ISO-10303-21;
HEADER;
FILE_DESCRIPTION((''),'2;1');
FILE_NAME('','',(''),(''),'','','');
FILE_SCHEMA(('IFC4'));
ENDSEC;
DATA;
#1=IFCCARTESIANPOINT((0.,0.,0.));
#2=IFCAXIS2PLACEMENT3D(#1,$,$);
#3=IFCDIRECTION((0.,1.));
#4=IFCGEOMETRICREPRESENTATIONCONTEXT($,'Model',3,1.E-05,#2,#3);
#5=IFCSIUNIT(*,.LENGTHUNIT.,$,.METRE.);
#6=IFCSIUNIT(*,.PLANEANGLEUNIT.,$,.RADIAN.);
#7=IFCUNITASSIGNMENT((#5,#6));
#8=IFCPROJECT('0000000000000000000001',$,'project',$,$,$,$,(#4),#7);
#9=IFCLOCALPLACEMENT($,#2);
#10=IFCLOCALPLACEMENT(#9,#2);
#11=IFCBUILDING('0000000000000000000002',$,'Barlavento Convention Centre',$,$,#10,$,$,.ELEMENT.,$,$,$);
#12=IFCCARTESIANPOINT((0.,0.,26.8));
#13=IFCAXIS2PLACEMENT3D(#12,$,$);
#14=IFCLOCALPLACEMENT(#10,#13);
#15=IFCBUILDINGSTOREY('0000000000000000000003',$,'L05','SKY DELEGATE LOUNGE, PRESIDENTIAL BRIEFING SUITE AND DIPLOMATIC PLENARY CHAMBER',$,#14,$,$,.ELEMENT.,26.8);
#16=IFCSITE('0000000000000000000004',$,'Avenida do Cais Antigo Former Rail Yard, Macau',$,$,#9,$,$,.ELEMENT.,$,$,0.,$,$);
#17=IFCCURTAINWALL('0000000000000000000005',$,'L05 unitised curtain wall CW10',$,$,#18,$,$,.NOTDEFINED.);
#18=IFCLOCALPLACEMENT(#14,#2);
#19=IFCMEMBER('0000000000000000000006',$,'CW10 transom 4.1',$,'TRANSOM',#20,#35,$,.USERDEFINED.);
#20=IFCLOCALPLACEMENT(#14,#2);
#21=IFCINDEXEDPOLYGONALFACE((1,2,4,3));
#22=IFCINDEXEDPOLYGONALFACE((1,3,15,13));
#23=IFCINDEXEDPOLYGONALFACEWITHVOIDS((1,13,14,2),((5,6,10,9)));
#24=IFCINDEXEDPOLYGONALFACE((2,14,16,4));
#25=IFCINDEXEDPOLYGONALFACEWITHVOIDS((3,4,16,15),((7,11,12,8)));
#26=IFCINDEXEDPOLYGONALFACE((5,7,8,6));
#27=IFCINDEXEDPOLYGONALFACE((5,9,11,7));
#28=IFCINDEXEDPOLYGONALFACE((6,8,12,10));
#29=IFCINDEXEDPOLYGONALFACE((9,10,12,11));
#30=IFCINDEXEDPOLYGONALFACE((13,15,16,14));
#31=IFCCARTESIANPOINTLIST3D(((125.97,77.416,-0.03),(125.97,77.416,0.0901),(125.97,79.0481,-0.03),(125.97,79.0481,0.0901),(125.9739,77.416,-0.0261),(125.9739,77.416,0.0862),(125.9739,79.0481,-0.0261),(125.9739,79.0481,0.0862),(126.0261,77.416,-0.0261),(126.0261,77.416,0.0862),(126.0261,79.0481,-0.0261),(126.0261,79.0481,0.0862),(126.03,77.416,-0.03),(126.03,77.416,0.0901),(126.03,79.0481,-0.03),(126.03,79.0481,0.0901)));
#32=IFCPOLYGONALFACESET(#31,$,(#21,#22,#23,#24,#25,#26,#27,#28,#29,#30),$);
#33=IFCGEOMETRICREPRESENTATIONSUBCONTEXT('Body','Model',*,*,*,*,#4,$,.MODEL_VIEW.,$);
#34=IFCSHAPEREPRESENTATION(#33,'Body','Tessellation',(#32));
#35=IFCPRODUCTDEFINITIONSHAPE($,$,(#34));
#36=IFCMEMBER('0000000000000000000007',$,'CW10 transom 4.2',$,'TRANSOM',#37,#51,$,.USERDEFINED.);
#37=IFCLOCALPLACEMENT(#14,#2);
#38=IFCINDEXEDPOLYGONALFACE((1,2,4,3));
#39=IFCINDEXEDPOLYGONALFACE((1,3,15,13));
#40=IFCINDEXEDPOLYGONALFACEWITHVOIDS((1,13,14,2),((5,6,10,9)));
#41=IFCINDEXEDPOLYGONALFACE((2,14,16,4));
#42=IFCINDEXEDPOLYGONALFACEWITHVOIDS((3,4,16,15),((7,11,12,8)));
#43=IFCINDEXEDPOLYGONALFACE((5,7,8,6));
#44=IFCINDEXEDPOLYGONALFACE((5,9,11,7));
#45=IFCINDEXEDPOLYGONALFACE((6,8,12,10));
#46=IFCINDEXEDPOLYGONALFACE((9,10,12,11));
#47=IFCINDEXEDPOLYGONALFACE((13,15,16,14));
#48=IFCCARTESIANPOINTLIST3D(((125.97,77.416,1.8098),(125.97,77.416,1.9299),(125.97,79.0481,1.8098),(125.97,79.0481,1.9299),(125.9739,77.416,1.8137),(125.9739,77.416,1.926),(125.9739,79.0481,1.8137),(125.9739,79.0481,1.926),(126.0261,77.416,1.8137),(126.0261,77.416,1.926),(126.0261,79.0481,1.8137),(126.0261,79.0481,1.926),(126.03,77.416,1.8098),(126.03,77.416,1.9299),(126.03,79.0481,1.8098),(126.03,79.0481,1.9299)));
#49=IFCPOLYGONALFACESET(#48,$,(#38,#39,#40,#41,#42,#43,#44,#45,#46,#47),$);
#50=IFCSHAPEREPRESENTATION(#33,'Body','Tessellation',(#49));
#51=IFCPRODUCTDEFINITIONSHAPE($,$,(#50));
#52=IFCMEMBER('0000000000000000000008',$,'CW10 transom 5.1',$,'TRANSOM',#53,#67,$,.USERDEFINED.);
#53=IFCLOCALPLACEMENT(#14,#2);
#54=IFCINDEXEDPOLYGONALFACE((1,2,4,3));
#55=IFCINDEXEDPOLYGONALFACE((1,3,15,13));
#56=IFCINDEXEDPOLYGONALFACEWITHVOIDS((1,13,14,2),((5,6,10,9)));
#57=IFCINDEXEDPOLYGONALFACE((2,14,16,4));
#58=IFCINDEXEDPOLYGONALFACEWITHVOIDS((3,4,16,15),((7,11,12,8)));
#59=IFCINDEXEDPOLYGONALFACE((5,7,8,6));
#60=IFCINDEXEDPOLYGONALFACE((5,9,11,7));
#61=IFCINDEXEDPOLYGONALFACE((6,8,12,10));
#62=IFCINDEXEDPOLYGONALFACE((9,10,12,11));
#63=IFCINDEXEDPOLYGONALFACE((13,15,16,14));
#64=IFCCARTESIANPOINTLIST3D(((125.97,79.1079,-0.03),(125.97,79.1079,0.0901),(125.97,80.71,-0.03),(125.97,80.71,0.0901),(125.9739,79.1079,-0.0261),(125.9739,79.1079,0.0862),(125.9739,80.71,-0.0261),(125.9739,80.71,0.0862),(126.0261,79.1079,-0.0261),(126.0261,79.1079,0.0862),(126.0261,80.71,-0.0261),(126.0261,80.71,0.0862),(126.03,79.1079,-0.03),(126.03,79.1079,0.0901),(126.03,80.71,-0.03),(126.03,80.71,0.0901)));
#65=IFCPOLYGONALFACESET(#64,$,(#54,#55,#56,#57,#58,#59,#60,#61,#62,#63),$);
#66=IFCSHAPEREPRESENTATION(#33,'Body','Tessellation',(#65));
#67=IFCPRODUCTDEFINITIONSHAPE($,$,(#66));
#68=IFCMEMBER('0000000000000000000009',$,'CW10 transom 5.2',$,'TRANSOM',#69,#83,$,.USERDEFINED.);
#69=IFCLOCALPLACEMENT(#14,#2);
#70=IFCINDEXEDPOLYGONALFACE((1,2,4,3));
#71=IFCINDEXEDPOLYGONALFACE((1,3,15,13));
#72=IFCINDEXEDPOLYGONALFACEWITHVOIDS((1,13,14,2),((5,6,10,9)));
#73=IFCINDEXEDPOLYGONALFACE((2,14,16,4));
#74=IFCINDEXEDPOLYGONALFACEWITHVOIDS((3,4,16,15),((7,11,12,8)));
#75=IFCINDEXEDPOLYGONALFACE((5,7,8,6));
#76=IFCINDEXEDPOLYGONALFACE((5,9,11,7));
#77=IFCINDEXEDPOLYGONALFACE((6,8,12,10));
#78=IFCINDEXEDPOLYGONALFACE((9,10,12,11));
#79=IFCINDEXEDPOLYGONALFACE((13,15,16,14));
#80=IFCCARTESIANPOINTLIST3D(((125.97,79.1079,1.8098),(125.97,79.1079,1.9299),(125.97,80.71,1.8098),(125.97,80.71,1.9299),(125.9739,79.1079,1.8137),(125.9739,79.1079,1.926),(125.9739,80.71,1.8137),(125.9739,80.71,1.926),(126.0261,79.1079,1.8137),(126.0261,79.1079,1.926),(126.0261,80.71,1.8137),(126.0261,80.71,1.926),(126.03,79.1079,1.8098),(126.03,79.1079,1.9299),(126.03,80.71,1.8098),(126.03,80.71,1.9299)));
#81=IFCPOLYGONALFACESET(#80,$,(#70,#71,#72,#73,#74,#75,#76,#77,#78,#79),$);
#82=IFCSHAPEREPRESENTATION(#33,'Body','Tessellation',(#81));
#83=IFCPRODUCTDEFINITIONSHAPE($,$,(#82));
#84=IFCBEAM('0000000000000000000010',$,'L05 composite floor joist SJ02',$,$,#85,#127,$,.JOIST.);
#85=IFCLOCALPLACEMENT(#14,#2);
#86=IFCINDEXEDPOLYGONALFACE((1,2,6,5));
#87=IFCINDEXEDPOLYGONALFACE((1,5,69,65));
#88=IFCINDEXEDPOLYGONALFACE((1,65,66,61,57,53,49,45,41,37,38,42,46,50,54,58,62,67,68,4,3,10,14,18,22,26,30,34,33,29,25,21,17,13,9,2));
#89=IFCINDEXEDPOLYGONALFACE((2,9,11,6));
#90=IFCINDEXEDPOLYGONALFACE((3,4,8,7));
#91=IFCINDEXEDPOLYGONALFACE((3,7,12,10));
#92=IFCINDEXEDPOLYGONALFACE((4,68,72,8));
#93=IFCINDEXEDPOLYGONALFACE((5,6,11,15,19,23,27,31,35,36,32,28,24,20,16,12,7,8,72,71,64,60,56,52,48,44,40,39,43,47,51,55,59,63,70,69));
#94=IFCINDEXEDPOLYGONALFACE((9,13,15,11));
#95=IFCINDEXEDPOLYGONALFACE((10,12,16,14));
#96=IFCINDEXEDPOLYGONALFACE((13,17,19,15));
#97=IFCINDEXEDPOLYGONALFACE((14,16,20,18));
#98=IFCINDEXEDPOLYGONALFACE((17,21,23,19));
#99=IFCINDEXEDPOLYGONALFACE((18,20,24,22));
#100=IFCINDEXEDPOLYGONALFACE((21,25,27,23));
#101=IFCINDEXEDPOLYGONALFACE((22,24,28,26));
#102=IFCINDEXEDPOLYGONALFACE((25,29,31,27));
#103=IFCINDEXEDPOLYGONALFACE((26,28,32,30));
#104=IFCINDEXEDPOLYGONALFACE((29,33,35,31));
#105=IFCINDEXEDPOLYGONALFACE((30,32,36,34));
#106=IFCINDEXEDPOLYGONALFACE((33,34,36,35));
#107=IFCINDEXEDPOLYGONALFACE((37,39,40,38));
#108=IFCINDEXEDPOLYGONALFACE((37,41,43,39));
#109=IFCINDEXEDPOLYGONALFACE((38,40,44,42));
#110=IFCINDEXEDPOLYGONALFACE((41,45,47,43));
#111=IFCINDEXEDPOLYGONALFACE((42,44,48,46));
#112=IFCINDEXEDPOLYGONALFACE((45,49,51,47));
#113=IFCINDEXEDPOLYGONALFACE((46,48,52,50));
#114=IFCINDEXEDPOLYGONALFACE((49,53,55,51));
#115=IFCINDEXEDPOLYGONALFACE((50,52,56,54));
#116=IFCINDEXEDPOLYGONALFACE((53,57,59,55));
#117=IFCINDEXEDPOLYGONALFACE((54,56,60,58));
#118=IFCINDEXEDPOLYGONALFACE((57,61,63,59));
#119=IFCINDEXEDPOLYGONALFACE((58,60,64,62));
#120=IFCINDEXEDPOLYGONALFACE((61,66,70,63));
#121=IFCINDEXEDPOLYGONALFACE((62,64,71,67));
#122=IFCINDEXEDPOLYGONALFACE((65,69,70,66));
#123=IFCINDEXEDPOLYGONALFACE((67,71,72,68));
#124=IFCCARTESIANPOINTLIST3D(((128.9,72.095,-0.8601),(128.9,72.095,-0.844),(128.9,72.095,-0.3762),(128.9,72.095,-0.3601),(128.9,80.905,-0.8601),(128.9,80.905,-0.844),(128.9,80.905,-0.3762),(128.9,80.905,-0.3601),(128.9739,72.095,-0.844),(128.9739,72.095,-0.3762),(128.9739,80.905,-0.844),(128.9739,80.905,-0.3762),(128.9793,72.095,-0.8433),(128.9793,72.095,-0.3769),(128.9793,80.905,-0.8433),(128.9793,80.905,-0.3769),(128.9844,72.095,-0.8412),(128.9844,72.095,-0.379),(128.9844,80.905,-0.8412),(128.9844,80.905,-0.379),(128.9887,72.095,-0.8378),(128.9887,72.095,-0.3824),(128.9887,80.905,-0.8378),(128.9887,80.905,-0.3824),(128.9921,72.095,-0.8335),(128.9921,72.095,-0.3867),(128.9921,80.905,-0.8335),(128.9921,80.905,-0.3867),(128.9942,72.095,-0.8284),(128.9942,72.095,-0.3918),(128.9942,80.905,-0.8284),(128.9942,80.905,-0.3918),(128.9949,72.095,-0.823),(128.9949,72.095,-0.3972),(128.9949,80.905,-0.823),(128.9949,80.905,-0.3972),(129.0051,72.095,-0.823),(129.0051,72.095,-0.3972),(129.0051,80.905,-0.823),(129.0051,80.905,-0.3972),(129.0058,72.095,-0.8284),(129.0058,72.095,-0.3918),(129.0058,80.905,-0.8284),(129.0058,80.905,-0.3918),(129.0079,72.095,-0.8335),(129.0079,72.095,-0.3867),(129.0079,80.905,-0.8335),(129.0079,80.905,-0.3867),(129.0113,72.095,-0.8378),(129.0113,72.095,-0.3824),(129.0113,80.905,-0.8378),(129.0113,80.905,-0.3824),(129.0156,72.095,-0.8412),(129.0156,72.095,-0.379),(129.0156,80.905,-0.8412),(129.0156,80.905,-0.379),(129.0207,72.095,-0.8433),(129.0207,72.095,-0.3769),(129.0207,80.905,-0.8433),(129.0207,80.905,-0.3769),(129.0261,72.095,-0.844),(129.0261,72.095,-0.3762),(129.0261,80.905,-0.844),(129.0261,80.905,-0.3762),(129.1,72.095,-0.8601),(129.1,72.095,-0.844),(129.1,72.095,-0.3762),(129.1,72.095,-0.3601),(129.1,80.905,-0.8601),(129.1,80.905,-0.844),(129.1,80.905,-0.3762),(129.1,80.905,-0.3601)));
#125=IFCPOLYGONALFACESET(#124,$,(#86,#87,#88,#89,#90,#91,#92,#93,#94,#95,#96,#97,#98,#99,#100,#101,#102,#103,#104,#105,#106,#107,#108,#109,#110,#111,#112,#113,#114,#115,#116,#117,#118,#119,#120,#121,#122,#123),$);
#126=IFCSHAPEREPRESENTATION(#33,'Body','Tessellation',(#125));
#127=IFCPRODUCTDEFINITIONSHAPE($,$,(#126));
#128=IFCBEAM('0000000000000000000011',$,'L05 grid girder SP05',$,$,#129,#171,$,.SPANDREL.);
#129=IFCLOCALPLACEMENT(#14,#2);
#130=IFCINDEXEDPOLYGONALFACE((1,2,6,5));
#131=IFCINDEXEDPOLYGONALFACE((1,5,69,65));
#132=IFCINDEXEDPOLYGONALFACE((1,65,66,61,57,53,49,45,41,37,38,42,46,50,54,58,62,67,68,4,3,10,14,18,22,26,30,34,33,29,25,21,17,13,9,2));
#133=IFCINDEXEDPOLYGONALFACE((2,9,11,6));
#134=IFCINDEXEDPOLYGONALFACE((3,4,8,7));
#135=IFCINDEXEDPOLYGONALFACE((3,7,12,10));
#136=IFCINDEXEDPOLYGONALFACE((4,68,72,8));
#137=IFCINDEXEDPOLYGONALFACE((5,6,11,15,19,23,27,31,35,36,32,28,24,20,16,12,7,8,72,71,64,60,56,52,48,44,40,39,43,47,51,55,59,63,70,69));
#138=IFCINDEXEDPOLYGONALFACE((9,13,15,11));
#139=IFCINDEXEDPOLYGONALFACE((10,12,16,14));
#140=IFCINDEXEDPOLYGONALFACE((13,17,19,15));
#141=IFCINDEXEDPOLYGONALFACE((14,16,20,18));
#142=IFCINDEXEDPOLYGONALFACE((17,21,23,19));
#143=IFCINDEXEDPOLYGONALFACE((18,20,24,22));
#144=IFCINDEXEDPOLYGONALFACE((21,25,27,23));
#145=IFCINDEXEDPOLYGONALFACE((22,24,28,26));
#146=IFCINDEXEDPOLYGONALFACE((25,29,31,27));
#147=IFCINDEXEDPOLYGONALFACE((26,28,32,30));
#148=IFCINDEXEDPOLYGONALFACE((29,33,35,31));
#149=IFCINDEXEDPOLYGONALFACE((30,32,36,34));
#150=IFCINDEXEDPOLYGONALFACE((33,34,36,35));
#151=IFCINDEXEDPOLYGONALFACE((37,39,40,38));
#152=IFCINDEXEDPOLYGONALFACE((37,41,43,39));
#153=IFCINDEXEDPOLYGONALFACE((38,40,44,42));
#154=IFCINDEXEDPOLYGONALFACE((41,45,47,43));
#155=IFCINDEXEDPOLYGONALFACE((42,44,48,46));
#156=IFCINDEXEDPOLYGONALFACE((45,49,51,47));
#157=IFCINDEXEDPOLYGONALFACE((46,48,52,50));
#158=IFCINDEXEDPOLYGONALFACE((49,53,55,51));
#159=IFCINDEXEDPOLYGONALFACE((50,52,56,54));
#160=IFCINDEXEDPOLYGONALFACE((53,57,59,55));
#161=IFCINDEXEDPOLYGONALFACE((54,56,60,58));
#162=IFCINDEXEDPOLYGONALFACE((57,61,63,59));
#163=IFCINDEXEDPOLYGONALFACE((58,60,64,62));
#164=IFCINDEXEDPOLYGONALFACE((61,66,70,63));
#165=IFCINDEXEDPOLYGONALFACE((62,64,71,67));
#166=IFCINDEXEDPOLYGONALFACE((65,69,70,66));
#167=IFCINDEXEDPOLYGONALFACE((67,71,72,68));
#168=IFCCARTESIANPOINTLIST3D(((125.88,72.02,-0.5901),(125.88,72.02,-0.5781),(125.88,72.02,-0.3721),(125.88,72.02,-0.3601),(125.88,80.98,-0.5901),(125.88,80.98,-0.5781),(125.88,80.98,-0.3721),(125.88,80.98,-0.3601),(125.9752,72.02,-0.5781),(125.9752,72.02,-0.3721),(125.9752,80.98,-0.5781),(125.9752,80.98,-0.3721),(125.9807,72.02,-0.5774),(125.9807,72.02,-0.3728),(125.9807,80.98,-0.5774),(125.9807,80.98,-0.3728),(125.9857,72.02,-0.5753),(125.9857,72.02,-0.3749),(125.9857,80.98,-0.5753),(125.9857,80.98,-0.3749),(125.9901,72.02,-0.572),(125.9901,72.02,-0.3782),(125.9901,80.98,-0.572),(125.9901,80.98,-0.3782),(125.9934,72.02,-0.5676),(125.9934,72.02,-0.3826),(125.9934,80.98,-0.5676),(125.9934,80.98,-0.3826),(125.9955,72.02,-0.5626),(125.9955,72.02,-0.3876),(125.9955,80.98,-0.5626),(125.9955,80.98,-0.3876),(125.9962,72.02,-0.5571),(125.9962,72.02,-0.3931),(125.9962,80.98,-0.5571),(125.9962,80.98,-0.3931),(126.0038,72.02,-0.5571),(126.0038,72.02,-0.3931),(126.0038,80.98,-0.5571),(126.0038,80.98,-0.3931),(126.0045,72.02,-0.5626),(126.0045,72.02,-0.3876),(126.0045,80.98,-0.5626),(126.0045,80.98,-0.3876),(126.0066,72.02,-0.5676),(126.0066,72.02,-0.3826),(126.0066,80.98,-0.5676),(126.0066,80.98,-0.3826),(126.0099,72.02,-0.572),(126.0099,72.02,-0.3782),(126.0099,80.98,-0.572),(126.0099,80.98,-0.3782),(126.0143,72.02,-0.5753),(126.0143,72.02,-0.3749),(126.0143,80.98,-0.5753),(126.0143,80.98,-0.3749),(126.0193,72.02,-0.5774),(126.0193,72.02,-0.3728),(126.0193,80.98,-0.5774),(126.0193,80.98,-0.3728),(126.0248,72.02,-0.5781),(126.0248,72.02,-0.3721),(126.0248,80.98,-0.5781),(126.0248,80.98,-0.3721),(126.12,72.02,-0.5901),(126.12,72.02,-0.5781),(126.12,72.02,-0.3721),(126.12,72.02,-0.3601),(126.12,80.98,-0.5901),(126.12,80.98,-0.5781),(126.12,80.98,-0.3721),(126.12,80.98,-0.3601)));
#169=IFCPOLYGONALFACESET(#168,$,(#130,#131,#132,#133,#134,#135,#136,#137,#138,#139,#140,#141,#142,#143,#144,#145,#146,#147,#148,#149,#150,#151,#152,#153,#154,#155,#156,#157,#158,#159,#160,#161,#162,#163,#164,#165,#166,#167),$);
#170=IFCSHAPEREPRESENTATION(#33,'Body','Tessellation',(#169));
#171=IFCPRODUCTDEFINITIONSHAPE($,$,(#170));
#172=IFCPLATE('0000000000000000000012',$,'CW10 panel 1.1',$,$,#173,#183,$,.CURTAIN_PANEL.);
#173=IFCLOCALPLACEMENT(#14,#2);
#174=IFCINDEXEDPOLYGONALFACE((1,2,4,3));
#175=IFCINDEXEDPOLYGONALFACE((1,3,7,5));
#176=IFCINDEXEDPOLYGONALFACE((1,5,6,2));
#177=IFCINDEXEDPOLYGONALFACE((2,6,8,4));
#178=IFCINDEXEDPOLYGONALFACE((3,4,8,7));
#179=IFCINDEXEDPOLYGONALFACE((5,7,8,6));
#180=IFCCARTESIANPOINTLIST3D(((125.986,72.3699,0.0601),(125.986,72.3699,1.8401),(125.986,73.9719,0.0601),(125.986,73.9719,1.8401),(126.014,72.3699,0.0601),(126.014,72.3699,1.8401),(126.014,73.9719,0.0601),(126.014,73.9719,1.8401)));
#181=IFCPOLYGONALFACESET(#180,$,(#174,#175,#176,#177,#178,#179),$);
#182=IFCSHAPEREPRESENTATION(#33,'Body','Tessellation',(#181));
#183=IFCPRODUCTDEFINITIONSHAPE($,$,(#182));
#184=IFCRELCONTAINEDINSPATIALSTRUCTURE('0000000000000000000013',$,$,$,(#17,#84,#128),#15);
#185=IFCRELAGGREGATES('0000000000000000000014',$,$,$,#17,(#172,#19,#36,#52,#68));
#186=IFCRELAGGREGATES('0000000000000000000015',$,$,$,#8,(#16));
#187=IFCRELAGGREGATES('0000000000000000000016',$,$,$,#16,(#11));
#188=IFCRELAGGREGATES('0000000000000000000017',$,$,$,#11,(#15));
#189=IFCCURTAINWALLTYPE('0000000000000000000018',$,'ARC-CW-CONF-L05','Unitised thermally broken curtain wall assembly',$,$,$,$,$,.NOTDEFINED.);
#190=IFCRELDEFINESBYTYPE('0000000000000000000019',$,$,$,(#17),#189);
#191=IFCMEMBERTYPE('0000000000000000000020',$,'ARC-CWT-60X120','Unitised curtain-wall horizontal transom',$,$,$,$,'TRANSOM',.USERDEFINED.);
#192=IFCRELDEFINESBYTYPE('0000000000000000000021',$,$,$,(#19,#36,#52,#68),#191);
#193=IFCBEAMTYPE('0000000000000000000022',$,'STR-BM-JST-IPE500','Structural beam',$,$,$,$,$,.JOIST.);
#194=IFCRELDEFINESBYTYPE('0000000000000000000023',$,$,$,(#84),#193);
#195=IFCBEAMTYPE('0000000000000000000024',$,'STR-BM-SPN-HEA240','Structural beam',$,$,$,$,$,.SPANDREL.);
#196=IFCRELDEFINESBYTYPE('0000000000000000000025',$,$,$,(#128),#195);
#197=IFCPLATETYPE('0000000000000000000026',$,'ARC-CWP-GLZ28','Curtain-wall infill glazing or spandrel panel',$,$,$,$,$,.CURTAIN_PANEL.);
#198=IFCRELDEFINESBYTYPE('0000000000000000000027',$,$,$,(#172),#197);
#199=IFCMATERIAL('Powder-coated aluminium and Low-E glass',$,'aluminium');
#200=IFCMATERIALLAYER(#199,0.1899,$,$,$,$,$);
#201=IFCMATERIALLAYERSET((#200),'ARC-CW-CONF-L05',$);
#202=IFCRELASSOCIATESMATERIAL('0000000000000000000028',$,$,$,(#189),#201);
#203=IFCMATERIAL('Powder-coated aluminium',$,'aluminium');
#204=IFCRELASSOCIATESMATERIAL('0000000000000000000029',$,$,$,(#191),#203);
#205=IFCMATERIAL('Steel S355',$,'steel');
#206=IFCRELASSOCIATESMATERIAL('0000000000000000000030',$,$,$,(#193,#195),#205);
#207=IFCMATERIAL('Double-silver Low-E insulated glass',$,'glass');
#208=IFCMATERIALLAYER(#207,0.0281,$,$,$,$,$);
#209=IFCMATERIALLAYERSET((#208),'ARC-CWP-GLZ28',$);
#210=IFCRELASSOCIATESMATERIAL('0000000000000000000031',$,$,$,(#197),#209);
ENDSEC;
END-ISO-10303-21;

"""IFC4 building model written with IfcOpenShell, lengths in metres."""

from ifc_helpers import new_model, si_unit, direction, frame, origin, origin_2d, place, context, subcontext, project, spatial, rectangle, hollow_rectangle, i_section, extrude, material, layer, layer_set, material_profile, profile_set, type_object, element, aggregate, save


model = new_model("IFC4")

# Units and contexts
model_context = context("Model", 3, precision=1e-05, world=origin(), true_north=direction((0.0, 1.0)))
body_context = subcontext(model_context, "Body", "Model", "MODEL_VIEW")
ifc_project = project(units=[si_unit("LENGTHUNIT", "METRE"), si_unit("PLANEANGLEUNIT", "RADIAN")], contexts=[model_context])

# Site, building, storey
site_placement = place(None, origin())
site = spatial("IfcSite", under=ifc_project, at=site_placement, Name="Avenida do Cais Antigo Former Rail Yard, Macau", CompositionType="ELEMENT", RefElevation=0.0)
building_placement = place(site_placement, origin())
building = spatial("IfcBuilding", under=site, at=building_placement, Name="Barlavento Convention Centre", CompositionType="ELEMENT")
storey_placement = place(building_placement, frame((0.0, 0.0, 26.8)))
storey = spatial("IfcBuildingStorey", under=building, at=storey_placement, Name="L05", Description="SKY DELEGATE LOUNGE, PRESIDENTIAL BRIEFING SUITE AND DIPLOMATIC PLENARY CHAMBER", CompositionType="ELEMENT", Elevation=26.8)

# Curtain wall, members
ifc_material_1 = material(Name="Powder-coated aluminium and Low-E glass", Category="aluminium")
ifc_layer_1 = layer(ifc_material_1, 0.1899)
ifc_layer_set_1 = layer_set([ifc_layer_1], Name="ARC-CW-CONF-L05")
curtain_wall_type = type_object("IfcCurtainWallType", Name="ARC-CW-CONF-L05", Description="Unitised thermally broken curtain wall assembly", PredefinedType="NOTDEFINED", material=ifc_layer_set_1)
curtain_wall_placement = place(storey_placement, origin())
curtain_wall = element("IfcCurtainWall", 1, at=curtain_wall_placement, inside=storey, type_object=curtain_wall_type, Name="L05 unitised curtain wall CW10", PredefinedType="NOTDEFINED")
ifc_material_2 = material(Name="Powder-coated aluminium", Category="aluminium")
ifc_material_profile_1 = material_profile(ifc_material_2, hollow_rectangle(XDim=0.0601, YDim=0.1201, WallThickness=0.0039, at=origin_2d()), Name="AL-TRAN 60x120x4")
ifc_profile_set_1 = profile_set([ifc_material_profile_1], Name="Powder-coated aluminium")
member_type_1 = type_object("IfcMemberType", Name="ARC-CWT-60X120", Description="Unitised curtain-wall horizontal transom", ElementType="TRANSOM", PredefinedType="USERDEFINED", material=ifc_profile_set_1)
member_1_placement = place(storey_placement, frame((126.0, 77.416, 0.03), z_axis=(0.0, 1.0, 0.0), x_axis=(-1.0, 0.0, 0.0)))
member_1 = element("IfcMember", 2, at=member_1_placement, type_object=member_type_1, Name="CW10 transom 4.1", ObjectType="TRANSOM", PredefinedType="USERDEFINED", context=body_context, shape_type="SweptSolid", body=[
    extrude(hollow_rectangle(XDim=0.0601, YDim=0.1201, WallThickness=0.0039, at=origin_2d()), origin(), (0.0, 0.0, 1.0), 1.6321),
])
member_2_placement = place(storey_placement, frame((126.0, 77.416, 1.8699), z_axis=(0.0, 1.0, 0.0), x_axis=(-1.0, 0.0, 0.0)))
member_2 = element("IfcMember", 3, at=member_2_placement, type_object=member_type_1, Name="CW10 transom 4.2", ObjectType="TRANSOM", PredefinedType="USERDEFINED", context=body_context, shape_type="SweptSolid", body=[
    extrude(hollow_rectangle(XDim=0.0601, YDim=0.1201, WallThickness=0.0039, at=origin_2d()), origin(), (0.0, 0.0, 1.0), 1.6321),
])
member_3_placement = place(storey_placement, frame((126.0, 79.1079, 0.03), z_axis=(0.0, 1.0, 0.0), x_axis=(-1.0, 0.0, 0.0)))
member_3 = element("IfcMember", 4, at=member_3_placement, type_object=member_type_1, Name="CW10 transom 5.1", ObjectType="TRANSOM", PredefinedType="USERDEFINED", context=body_context, shape_type="SweptSolid", body=[
    extrude(hollow_rectangle(XDim=0.0601, YDim=0.1201, WallThickness=0.0039, at=origin_2d()), origin(), (0.0, 0.0, 1.0), 1.6021),
])
member_4_placement = place(storey_placement, frame((126.0, 79.1079, 1.8699), z_axis=(0.0, 1.0, 0.0), x_axis=(-1.0, 0.0, 0.0)))
member_4 = element("IfcMember", 5, at=member_4_placement, type_object=member_type_1, Name="CW10 transom 5.2", ObjectType="TRANSOM", PredefinedType="USERDEFINED", context=body_context, shape_type="SweptSolid", body=[
    extrude(hollow_rectangle(XDim=0.0601, YDim=0.1201, WallThickness=0.0039, at=origin_2d()), origin(), (0.0, 0.0, 1.0), 1.6021),
])

# Beams
ifc_material_3 = material(Name="Steel S355", Category="steel")
ifc_material_profile_2 = material_profile(ifc_material_3, i_section(OverallWidth=0.2, OverallDepth=0.5, WebThickness=0.0103, FlangeThickness=0.0161, FilletRadius=0.021, at=origin_2d()), Name="IPE 500")
ifc_profile_set_2 = profile_set([ifc_material_profile_2], Name="Steel S355")
beam_type_1 = type_object("IfcBeamType", Name="STR-BM-JST-IPE500", Description="Structural beam", PredefinedType="JOIST", material=ifc_profile_set_2)
beam_1_placement = place(storey_placement, frame((129.0, 72.095, -0.6101), z_axis=(0.0, 1.0, 0.0), x_axis=(-1.0, 0.0, 0.0)))
element("IfcBeam", 6, at=beam_1_placement, inside=storey, type_object=beam_type_1, Name="L05 composite floor joist SJ02", PredefinedType="JOIST", context=body_context, shape_type="SweptSolid", body=[
    extrude(i_section(OverallWidth=0.2, OverallDepth=0.5, WebThickness=0.0103, FlangeThickness=0.0161, FilletRadius=0.021, at=origin_2d()), origin(), (0.0, 0.0, 1.0), 8.8101),
])
ifc_material_profile_3 = material_profile(ifc_material_3, i_section(OverallWidth=0.24, OverallDepth=0.23, WebThickness=0.0076, FlangeThickness=0.012, FilletRadius=0.021, at=origin_2d()), Name="HEA 240")
ifc_profile_set_3 = profile_set([ifc_material_profile_3], Name="Steel S355")
beam_type_2 = type_object("IfcBeamType", Name="STR-BM-SPN-HEA240", Description="Structural beam", PredefinedType="SPANDREL", material=ifc_profile_set_3)
beam_2_placement = place(storey_placement, frame((126.0, 72.02, -0.4751), z_axis=(0.0, 1.0, 0.0), x_axis=(-1.0, 0.0, 0.0)))
element("IfcBeam", 7, at=beam_2_placement, inside=storey, type_object=beam_type_2, Name="L05 grid girder SP05", PredefinedType="SPANDREL", context=body_context, shape_type="SweptSolid", body=[
    extrude(i_section(OverallWidth=0.24, OverallDepth=0.23, WebThickness=0.0076, FlangeThickness=0.012, FilletRadius=0.021, at=origin_2d()), origin(), (0.0, 0.0, 1.0), 8.96),
])

# Plate
ifc_material_4 = material(Name="Double-silver Low-E insulated glass", Category="glass")
ifc_layer_2 = layer(ifc_material_4, 0.0281)
ifc_layer_set_2 = layer_set([ifc_layer_2], Name="ARC-CWP-GLZ28")
plate_type = type_object("IfcPlateType", Name="ARC-CWP-GLZ28", Description="Curtain-wall infill glazing or spandrel panel", PredefinedType="CURTAIN_PANEL", material=ifc_layer_set_2)
plate_1_placement = place(storey_placement, frame((126.0, 73.1709, 0.0601), z_axis=(0.0, 0.0, 1.0), x_axis=(0.0, 1.0, 0.0)))
plate_1 = element("IfcPlate", 8, at=plate_1_placement, type_object=plate_type, Name="CW10 panel 1.1", PredefinedType="CURTAIN_PANEL", context=body_context, shape_type="SweptSolid", body=[
    extrude(rectangle(XDim=1.6021, YDim=0.0281, at=origin_2d()), origin(), (0.0, 0.0, 1.0), 1.78),
])
aggregate(curtain_wall, [plate_1, member_1, member_2, member_3, member_4])

save(model, "model.ifc")
